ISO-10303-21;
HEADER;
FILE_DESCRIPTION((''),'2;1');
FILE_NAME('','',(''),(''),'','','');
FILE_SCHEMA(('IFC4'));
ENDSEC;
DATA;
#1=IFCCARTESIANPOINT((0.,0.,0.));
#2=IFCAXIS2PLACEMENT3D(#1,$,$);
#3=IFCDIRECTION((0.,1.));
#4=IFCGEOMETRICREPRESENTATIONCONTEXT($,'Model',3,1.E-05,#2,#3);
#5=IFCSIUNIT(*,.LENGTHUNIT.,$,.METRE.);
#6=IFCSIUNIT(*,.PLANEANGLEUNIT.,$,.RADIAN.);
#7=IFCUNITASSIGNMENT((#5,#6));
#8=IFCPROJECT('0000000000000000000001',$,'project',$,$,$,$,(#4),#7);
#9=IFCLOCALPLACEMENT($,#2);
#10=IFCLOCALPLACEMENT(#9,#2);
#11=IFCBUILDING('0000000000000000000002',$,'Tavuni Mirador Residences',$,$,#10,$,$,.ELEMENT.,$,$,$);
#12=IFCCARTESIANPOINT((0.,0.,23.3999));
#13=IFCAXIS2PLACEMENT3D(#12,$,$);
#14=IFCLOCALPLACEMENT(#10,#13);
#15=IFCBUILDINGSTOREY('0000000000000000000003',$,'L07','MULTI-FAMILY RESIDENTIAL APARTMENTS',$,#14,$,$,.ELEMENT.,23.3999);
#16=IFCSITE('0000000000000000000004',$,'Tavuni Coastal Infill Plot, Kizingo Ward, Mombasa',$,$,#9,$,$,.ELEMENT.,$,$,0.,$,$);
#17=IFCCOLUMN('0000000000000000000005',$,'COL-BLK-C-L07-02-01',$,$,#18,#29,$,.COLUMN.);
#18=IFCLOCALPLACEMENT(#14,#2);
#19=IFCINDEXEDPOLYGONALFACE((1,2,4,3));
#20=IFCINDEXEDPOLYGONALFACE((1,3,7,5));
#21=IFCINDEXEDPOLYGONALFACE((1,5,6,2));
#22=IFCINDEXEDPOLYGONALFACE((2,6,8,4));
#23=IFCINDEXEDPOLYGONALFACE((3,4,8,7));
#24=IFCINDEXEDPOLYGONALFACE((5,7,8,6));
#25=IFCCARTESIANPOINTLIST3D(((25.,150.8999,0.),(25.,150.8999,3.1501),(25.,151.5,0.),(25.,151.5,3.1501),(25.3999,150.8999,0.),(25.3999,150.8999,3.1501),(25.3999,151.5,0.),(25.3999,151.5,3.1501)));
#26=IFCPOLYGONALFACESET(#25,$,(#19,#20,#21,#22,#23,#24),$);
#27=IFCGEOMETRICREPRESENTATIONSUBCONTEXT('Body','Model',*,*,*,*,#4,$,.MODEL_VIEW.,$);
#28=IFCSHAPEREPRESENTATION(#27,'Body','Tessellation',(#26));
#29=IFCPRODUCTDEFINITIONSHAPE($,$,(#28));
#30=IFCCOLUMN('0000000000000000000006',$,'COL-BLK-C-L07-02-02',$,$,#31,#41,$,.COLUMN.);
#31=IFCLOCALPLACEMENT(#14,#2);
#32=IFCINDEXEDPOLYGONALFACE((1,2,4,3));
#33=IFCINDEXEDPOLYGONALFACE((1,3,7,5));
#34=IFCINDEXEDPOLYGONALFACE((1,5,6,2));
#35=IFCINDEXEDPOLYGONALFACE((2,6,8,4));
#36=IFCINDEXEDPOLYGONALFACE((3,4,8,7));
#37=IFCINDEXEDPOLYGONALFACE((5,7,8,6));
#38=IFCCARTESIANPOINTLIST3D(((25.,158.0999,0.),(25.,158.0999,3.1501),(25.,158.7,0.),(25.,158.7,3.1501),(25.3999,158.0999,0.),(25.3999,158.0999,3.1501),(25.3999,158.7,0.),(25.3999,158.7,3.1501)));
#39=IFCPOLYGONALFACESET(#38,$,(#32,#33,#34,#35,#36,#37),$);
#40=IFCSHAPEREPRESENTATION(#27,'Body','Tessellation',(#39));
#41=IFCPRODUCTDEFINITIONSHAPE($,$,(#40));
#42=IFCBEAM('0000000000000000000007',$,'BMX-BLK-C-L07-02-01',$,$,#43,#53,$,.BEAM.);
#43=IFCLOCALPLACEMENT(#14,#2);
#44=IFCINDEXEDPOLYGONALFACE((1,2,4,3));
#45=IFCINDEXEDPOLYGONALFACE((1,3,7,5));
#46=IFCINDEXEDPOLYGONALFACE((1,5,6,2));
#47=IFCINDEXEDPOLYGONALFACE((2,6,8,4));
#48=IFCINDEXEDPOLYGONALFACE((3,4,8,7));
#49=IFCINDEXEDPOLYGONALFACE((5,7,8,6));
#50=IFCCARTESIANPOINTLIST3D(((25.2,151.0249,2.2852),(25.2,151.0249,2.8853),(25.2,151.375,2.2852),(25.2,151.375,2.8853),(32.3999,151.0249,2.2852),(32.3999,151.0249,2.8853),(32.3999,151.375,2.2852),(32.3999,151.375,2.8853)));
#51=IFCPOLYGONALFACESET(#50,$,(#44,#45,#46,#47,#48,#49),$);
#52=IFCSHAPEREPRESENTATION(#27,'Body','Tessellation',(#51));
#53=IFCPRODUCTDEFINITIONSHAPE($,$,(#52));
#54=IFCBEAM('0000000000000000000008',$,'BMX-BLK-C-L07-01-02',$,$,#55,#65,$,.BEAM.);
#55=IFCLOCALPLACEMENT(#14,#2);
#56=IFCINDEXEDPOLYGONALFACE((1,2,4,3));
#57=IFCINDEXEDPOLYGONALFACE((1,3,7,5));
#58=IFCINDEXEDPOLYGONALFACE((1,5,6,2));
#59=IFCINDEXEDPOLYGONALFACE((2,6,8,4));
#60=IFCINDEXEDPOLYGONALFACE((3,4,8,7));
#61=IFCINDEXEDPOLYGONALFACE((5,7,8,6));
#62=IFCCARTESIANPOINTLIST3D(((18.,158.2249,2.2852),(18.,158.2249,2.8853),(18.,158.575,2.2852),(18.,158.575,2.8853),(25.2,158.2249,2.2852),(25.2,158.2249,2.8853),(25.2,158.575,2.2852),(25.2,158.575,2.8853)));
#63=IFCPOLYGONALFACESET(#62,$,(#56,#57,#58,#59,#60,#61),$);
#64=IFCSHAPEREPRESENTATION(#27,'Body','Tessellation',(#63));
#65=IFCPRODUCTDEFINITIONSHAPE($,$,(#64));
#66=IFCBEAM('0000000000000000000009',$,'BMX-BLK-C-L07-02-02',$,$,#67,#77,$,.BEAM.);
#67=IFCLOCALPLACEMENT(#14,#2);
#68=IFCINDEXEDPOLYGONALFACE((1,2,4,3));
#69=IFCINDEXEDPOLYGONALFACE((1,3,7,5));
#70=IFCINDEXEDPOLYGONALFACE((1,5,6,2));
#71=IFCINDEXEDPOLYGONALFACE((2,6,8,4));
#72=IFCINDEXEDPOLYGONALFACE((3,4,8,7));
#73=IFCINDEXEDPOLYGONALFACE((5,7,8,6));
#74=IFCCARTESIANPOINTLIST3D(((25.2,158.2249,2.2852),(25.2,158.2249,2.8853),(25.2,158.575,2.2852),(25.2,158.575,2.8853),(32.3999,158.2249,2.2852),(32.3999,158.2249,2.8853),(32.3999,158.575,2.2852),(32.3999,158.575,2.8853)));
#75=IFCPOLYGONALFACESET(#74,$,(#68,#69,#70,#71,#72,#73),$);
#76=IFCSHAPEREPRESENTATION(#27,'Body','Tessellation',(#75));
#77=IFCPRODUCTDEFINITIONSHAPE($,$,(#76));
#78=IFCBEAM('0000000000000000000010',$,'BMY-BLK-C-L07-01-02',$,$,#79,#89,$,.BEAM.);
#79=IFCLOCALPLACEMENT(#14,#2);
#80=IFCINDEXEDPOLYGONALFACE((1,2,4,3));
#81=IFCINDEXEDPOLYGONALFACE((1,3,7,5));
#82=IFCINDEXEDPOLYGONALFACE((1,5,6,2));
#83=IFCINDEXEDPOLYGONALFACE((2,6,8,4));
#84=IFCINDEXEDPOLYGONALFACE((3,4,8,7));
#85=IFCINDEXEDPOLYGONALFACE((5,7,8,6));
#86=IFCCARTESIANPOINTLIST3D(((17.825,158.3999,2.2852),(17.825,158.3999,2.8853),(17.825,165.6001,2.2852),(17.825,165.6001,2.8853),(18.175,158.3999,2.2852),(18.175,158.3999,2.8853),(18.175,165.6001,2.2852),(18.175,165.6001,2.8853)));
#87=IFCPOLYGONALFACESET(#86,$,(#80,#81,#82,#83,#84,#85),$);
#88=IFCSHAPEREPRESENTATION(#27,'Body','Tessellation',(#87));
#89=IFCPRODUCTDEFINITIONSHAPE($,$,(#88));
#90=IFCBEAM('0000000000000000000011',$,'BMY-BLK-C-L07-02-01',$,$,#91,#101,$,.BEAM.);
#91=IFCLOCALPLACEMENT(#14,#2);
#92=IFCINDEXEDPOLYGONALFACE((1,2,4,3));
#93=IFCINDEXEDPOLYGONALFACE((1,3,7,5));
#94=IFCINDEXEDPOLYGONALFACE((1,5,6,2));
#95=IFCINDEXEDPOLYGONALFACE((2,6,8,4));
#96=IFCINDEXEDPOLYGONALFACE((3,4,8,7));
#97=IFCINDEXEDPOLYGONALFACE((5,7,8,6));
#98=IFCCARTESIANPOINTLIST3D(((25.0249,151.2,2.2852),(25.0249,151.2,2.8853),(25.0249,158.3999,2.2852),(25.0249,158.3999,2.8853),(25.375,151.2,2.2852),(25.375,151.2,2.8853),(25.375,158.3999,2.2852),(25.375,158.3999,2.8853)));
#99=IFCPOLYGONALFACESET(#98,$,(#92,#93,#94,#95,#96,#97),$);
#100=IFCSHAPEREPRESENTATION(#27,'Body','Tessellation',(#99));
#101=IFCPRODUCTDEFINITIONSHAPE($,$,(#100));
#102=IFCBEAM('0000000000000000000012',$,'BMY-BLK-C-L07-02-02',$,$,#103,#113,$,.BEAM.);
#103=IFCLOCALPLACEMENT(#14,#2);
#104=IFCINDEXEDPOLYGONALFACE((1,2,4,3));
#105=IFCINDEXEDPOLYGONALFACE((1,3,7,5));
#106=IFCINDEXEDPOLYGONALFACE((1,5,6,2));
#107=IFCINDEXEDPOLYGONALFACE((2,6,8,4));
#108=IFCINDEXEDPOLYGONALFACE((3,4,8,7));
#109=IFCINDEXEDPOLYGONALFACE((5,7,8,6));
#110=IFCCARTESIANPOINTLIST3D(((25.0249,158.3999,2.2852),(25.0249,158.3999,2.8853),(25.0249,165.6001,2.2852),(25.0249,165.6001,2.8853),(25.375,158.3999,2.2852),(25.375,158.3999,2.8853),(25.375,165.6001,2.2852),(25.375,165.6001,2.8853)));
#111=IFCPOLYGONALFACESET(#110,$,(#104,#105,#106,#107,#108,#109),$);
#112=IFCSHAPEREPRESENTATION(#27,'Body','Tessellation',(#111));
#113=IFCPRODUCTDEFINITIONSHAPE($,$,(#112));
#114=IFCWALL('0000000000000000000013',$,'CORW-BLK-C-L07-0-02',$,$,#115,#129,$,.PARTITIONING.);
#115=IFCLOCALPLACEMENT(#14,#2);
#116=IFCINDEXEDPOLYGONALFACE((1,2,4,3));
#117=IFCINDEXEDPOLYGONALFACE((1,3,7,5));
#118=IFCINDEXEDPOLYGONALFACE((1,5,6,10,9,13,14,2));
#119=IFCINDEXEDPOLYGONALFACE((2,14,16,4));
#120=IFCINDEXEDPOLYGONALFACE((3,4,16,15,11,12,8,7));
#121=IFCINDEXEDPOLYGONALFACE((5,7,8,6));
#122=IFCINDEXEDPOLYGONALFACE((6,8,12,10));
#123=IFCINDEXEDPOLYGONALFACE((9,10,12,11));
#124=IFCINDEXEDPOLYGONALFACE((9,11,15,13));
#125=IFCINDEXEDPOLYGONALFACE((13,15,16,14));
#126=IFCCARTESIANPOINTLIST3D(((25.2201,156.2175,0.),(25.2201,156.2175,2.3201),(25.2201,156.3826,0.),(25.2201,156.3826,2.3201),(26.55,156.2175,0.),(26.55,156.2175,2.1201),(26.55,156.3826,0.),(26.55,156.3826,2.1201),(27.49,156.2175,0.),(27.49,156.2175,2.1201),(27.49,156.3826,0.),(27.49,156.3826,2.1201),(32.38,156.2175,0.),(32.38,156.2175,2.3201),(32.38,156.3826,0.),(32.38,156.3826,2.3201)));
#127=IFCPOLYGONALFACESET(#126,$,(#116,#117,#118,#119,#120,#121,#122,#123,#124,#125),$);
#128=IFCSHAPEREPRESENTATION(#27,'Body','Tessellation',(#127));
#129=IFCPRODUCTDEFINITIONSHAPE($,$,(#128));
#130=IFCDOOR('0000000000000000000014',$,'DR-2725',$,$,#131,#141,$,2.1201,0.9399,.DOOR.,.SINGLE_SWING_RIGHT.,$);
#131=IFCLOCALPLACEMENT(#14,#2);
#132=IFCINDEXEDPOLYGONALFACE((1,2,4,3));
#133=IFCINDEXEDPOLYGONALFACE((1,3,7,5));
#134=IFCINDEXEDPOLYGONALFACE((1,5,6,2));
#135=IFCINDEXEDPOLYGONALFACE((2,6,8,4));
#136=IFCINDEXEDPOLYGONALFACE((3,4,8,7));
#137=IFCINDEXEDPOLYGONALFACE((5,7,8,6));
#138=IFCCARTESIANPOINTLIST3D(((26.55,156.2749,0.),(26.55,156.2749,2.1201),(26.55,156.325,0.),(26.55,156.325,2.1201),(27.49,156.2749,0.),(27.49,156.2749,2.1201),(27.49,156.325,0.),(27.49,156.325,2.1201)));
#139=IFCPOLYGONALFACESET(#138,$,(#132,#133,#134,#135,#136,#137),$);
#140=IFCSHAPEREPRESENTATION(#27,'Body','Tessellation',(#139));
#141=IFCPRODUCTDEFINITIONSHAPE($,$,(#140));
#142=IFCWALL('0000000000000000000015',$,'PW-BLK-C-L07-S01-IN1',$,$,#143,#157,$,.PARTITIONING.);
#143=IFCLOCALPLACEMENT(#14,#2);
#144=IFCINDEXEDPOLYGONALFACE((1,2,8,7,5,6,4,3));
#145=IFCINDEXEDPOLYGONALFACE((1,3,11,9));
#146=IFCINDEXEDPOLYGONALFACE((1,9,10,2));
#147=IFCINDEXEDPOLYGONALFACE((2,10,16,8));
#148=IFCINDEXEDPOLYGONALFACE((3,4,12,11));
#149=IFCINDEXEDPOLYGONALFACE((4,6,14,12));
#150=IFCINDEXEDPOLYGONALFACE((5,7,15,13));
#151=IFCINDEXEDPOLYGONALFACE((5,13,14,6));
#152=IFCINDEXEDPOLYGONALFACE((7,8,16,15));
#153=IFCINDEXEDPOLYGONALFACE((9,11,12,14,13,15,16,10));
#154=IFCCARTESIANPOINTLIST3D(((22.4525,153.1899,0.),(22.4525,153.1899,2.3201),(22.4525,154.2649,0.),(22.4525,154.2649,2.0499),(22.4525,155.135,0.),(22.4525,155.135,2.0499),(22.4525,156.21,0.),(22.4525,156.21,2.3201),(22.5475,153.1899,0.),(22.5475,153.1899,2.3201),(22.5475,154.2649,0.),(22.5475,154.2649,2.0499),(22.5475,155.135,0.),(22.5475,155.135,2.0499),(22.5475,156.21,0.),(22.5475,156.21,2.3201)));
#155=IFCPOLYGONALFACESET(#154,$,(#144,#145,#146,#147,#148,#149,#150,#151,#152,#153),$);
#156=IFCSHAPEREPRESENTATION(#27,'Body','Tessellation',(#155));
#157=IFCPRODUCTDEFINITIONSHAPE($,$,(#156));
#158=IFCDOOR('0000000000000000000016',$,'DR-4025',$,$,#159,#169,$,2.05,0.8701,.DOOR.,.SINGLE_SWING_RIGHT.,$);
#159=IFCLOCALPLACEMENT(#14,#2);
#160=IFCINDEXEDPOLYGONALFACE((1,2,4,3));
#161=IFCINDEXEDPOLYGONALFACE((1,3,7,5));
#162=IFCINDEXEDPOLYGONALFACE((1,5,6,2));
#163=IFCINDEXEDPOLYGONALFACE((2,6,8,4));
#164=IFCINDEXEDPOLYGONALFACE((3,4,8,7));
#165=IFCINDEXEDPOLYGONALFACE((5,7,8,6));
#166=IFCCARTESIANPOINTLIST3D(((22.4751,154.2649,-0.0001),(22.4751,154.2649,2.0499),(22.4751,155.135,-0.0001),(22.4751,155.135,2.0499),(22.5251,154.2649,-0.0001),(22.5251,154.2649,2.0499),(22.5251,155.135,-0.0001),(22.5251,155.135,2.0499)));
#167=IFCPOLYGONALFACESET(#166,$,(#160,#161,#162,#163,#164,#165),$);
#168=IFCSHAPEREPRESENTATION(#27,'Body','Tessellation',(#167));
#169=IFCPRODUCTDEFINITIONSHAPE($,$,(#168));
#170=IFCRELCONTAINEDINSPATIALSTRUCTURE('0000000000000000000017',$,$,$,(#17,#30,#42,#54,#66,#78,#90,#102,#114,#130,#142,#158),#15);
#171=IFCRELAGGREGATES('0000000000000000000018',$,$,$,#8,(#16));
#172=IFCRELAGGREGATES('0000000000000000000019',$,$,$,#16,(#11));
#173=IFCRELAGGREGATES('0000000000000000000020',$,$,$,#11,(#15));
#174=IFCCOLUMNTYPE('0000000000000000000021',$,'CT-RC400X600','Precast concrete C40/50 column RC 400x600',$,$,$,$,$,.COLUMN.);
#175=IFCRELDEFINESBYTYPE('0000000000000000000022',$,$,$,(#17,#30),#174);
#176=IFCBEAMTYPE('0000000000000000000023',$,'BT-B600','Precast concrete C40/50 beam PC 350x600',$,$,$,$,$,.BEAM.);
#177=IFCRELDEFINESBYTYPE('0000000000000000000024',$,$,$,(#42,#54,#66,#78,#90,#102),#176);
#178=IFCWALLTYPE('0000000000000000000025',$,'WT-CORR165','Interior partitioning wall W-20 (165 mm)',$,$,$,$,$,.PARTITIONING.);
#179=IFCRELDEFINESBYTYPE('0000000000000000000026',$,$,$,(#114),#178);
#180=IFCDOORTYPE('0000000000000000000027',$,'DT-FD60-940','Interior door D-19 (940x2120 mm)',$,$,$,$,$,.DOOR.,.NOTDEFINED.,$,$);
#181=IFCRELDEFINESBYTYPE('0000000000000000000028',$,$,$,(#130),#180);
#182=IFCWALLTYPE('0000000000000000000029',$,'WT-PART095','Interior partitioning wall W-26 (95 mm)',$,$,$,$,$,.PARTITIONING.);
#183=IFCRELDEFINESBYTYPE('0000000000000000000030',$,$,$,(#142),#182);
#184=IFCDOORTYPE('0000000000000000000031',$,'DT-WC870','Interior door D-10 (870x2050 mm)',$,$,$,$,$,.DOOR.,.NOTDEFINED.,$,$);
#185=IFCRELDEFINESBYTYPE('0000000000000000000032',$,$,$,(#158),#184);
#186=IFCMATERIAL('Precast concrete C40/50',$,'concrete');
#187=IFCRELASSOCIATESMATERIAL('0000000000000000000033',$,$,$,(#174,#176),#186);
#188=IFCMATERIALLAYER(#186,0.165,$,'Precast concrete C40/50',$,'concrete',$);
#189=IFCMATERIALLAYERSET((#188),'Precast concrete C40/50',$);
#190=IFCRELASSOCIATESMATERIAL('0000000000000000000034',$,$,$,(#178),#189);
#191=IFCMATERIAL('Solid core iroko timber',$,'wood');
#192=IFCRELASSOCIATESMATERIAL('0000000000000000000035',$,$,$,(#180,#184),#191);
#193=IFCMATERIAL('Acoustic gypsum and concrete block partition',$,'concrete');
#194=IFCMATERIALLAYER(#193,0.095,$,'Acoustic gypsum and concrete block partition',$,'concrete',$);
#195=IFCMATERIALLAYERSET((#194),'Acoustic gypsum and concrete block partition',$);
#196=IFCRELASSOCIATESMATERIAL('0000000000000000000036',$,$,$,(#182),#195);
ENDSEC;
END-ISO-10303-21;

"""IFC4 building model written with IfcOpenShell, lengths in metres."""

from ifc_helpers import new_model, si_unit, direction, frame, frame_2d, origin, origin_2d, place, context, subcontext, project, spatial, rectangle, extrude, material, layer, layer_set, material_profile, profile_set, type_object, element, fill, save


model = new_model("IFC4")

# Units and contexts
model_context = context("Model", 3, precision=1e-05, world=origin(), true_north=direction((0.0, 1.0)))
body_context = subcontext(model_context, "Body", "Model", "MODEL_VIEW")
ifc_project = project(units=[si_unit("LENGTHUNIT", "METRE"), si_unit("PLANEANGLEUNIT", "RADIAN")], contexts=[model_context])

# Site, building, storey
site_placement = place(None, origin())
site = spatial("IfcSite", under=ifc_project, at=site_placement, Name="Tavuni Coastal Infill Plot, Kizingo Ward, Mombasa", CompositionType="ELEMENT", RefElevation=0.0)
building_placement = place(site_placement, origin())
building = spatial("IfcBuilding", under=site, at=building_placement, Name="Tavuni Mirador Residences", CompositionType="ELEMENT")
storey_placement = place(building_placement, frame((0.0, 0.0, 23.3999)))
storey = spatial("IfcBuildingStorey", under=building, at=storey_placement, Name="L07", Description="MULTI-FAMILY RESIDENTIAL APARTMENTS", CompositionType="ELEMENT", Elevation=23.3999)

# Columns
ifc_material_1 = material(Name="Precast concrete C40/50", Category="concrete")
ifc_material_profile_1 = material_profile(ifc_material_1, rectangle(XDim=0.3999, YDim=0.6001, at=origin_2d()), Name="RC 400x600", Category="concrete")
ifc_profile_set_1 = profile_set([ifc_material_profile_1], Name="Precast concrete C40/50")
column_type = type_object("IfcColumnType", Name="CT-RC400X600", Description="Precast concrete C40/50 column RC 400x600", PredefinedType="COLUMN", material=ifc_profile_set_1)
for number, where, z_axis, x_axis, name in (
    (1, (25.2, 151.2, 0.0), (0.0, 0.0, 1.0), (1.0, 0.0, 0.0), "COL-BLK-C-L07-02-01"),
    (2, (25.2, 158.3999, 0.0), (0.0, 0.0, 1.0), (1.0, 0.0, 0.0), "COL-BLK-C-L07-02-02"),
):
    element("IfcColumn", number, at=place(storey_placement, frame(where, z_axis=z_axis, x_axis=x_axis)), inside=storey, type_object=column_type, Name=name, PredefinedType="COLUMN", context=body_context, shape_type="SweptSolid", body=[
        extrude(rectangle(XDim=0.3999, YDim=0.6001, at=origin_2d()), origin(), (0.0, 0.0, 1.0), 3.1501),
    ])

# Beams
ifc_material_profile_2 = material_profile(ifc_material_1, rectangle(XDim=0.3501, YDim=0.6001, at=origin_2d()), Name="PC 350x600", Category="concrete")
ifc_profile_set_2 = profile_set([ifc_material_profile_2], Name="Precast concrete C40/50")
beam_type = type_object("IfcBeamType", Name="BT-B600", Description="Precast concrete C40/50 beam PC 350x600", PredefinedType="BEAM", material=ifc_profile_set_2)
for number, where, z_axis, x_axis, name in (
    (3, (25.2, 151.2, 2.5852), (1.0, 0.0, 0.0), (0.0, 1.0, 0.0), "BMX-BLK-C-L07-02-01"),
    (4, (18.0, 158.3999, 2.5852), (1.0, 0.0, 0.0), (0.0, 1.0, 0.0), "BMX-BLK-C-L07-01-02"),
    (5, (25.2, 158.3999, 2.5852), (1.0, 0.0, 0.0), (0.0, 1.0, 0.0), "BMX-BLK-C-L07-02-02"),
):
    element("IfcBeam", number, at=place(storey_placement, frame(where, z_axis=z_axis, x_axis=x_axis)), inside=storey, type_object=beam_type, Name=name, PredefinedType="BEAM", context=body_context, shape_type="SweptSolid", body=[
        extrude(rectangle(XDim=0.3501, YDim=0.6001, at=origin_2d()), origin(), (0.0, 0.0, 1.0), 7.2),
    ])
beam_1_placement = place(storey_placement, frame((18.0, 158.3999, 2.5852), z_axis=(0.0, 1.0, 0.0), x_axis=(-1.0, 0.0, 0.0)))
element("IfcBeam", 6, at=beam_1_placement, inside=storey, type_object=beam_type, Name="BMY-BLK-C-L07-01-02", PredefinedType="BEAM", context=body_context, shape_type="SweptSolid", body=[
    extrude(rectangle(XDim=0.3501, YDim=0.6001, at=origin_2d()), origin(), (0.0, 0.0, 1.0), 7.2002),
])
beam_2_placement = place(storey_placement, frame((25.2, 151.2, 2.5852), z_axis=(0.0, 1.0, 0.0), x_axis=(-1.0, 0.0, 0.0)))
element("IfcBeam", 7, at=beam_2_placement, inside=storey, type_object=beam_type, Name="BMY-BLK-C-L07-02-01", PredefinedType="BEAM", context=body_context, shape_type="SweptSolid", body=[
    extrude(rectangle(XDim=0.3501, YDim=0.6001, at=origin_2d()), origin(), (0.0, 0.0, 1.0), 7.2),
])
beam_3_placement = place(storey_placement, frame((25.2, 158.3999, 2.5852), z_axis=(0.0, 1.0, 0.0), x_axis=(-1.0, 0.0, 0.0)))
element("IfcBeam", 8, at=beam_3_placement, inside=storey, type_object=beam_type, Name="BMY-BLK-C-L07-02-02", PredefinedType="BEAM", context=body_context, shape_type="SweptSolid", body=[
    extrude(rectangle(XDim=0.3501, YDim=0.6001, at=origin_2d()), origin(), (0.0, 0.0, 1.0), 7.2002),
])

# Walls, openings, doors
ifc_material_2 = material(Name="Solid core iroko timber", Category="wood")
ifc_layer_1 = layer(ifc_material_1, 0.165, Name="Precast concrete C40/50", Category="concrete")
ifc_layer_set_1 = layer_set([ifc_layer_1], Name="Precast concrete C40/50")
wall_type_1 = type_object("IfcWallType", Name="WT-CORR165", Description="Interior partitioning wall W-20 (165 mm)", PredefinedType="PARTITIONING", material=ifc_layer_set_1)
wall_1_placement = place(storey_placement, frame((25.22, 156.3, 0.0), z_axis=(0.0, 0.0, 1.0), x_axis=(1.0, 0.0, 0.0)))
wall_1 = element("IfcWall", 9, at=wall_1_placement, inside=storey, type_object=wall_type_1, Name="CORW-BLK-C-L07-0-02", PredefinedType="PARTITIONING", context=body_context, shape_type="SweptSolid", body=[
    extrude(rectangle(XDim=7.1599, YDim=0.165, at=frame_2d((3.5801, 0.0))), origin(), (0.0, 0.0, 1.0), 2.3201),
])
opening_1_placement = place(wall_1_placement, frame((1.3301, 0.0, 0.0)))
opening_1 = element("IfcOpeningElement", 10, at=opening_1_placement, cuts=wall_1, PredefinedType="OPENING", context=body_context, shape_type="SweptSolid", body=[
    extrude(rectangle(XDim=0.9399, YDim=2.1201, at=frame_2d((0.47, 1.0601))), frame((0.0, 0.0925, 0.0), z_axis=(0.0, -1.0, 0.0), x_axis=(1.0, 0.0, 0.0)), (0.0, 0.0, 1.0), 0.1851),
])
door_type_1 = type_object("IfcDoorType", Name="DT-FD60-940", Description="Interior door D-19 (940x2120 mm)", OperationType="NOTDEFINED", PredefinedType="DOOR", material=ifc_material_2)
door_1_placement = place(opening_1_placement, origin())
door_1 = element("IfcDoor", 11, at=door_1_placement, inside=storey, type_object=door_type_1, Name="DR-2725", OperationType="SINGLE_SWING_RIGHT", OverallHeight=2.1201, OverallWidth=0.9399, PredefinedType="DOOR", context=body_context, shape_type="SweptSolid", body=[
    extrude(rectangle(XDim=0.9399, YDim=2.1201, at=frame_2d((0.47, 1.0601))), frame((0.0, 0.0249, 0.0), z_axis=(0.0, -1.0, 0.0), x_axis=(1.0, 0.0, 0.0)), (0.0, 0.0, 1.0), 0.05),
])
fill(opening_1, door_1)
ifc_material_3 = material(Name="Acoustic gypsum and concrete block partition", Category="concrete")
ifc_layer_2 = layer(ifc_material_3, 0.095, Name="Acoustic gypsum and concrete block partition", Category="concrete")
ifc_layer_set_2 = layer_set([ifc_layer_2], Name="Acoustic gypsum and concrete block partition")
wall_type_2 = type_object("IfcWallType", Name="WT-PART095", Description="Interior partitioning wall W-26 (95 mm)", PredefinedType="PARTITIONING", material=ifc_layer_set_2)
wall_2_placement = place(storey_placement, frame((22.5, 153.1899, 0.0), z_axis=(0.0, 0.0, 1.0), x_axis=(0.0, 1.0, 0.0)))
wall_2 = element("IfcWall", 12, at=wall_2_placement, inside=storey, type_object=wall_type_2, Name="PW-BLK-C-L07-S01-IN1", PredefinedType="PARTITIONING", context=body_context, shape_type="SweptSolid", body=[
    extrude(rectangle(XDim=3.02, YDim=0.095, at=frame_2d((1.51, 0.0))), origin(), (0.0, 0.0, 1.0), 2.3201),
])
opening_2_placement = place(wall_2_placement, frame((1.075, 0.0, 0.0)))
opening_2 = element("IfcOpeningElement", 13, at=opening_2_placement, cuts=wall_2, PredefinedType="OPENING", context=body_context, shape_type="SweptSolid", body=[
    extrude(rectangle(XDim=0.8701, YDim=2.05, at=frame_2d((0.4351, 1.0249))), frame((0.0, 0.0576, 0.0), z_axis=(0.0, -1.0, 0.0), x_axis=(1.0, 0.0, 0.0)), (0.0, 0.0, 1.0), 0.115),
])
door_type_2 = type_object("IfcDoorType", Name="DT-WC870", Description="Interior door D-10 (870x2050 mm)", OperationType="NOTDEFINED", PredefinedType="DOOR", material=ifc_material_2)
door_2_placement = place(opening_2_placement, origin())
door_2 = element("IfcDoor", 14, at=door_2_placement, inside=storey, type_object=door_type_2, Name="DR-4025", OperationType="SINGLE_SWING_RIGHT", OverallHeight=2.05, OverallWidth=0.8701, PredefinedType="DOOR", context=body_context, shape_type="SweptSolid", body=[
    extrude(rectangle(XDim=0.8701, YDim=2.05, at=frame_2d((0.4351, 1.0249))), frame((0.0, 0.0249, 0.0), z_axis=(0.0, -1.0, 0.0), x_axis=(1.0, 0.0, 0.0)), (0.0, 0.0, 1.0), 0.05),
])
fill(opening_2, door_2)

save(model, "model.ifc")
